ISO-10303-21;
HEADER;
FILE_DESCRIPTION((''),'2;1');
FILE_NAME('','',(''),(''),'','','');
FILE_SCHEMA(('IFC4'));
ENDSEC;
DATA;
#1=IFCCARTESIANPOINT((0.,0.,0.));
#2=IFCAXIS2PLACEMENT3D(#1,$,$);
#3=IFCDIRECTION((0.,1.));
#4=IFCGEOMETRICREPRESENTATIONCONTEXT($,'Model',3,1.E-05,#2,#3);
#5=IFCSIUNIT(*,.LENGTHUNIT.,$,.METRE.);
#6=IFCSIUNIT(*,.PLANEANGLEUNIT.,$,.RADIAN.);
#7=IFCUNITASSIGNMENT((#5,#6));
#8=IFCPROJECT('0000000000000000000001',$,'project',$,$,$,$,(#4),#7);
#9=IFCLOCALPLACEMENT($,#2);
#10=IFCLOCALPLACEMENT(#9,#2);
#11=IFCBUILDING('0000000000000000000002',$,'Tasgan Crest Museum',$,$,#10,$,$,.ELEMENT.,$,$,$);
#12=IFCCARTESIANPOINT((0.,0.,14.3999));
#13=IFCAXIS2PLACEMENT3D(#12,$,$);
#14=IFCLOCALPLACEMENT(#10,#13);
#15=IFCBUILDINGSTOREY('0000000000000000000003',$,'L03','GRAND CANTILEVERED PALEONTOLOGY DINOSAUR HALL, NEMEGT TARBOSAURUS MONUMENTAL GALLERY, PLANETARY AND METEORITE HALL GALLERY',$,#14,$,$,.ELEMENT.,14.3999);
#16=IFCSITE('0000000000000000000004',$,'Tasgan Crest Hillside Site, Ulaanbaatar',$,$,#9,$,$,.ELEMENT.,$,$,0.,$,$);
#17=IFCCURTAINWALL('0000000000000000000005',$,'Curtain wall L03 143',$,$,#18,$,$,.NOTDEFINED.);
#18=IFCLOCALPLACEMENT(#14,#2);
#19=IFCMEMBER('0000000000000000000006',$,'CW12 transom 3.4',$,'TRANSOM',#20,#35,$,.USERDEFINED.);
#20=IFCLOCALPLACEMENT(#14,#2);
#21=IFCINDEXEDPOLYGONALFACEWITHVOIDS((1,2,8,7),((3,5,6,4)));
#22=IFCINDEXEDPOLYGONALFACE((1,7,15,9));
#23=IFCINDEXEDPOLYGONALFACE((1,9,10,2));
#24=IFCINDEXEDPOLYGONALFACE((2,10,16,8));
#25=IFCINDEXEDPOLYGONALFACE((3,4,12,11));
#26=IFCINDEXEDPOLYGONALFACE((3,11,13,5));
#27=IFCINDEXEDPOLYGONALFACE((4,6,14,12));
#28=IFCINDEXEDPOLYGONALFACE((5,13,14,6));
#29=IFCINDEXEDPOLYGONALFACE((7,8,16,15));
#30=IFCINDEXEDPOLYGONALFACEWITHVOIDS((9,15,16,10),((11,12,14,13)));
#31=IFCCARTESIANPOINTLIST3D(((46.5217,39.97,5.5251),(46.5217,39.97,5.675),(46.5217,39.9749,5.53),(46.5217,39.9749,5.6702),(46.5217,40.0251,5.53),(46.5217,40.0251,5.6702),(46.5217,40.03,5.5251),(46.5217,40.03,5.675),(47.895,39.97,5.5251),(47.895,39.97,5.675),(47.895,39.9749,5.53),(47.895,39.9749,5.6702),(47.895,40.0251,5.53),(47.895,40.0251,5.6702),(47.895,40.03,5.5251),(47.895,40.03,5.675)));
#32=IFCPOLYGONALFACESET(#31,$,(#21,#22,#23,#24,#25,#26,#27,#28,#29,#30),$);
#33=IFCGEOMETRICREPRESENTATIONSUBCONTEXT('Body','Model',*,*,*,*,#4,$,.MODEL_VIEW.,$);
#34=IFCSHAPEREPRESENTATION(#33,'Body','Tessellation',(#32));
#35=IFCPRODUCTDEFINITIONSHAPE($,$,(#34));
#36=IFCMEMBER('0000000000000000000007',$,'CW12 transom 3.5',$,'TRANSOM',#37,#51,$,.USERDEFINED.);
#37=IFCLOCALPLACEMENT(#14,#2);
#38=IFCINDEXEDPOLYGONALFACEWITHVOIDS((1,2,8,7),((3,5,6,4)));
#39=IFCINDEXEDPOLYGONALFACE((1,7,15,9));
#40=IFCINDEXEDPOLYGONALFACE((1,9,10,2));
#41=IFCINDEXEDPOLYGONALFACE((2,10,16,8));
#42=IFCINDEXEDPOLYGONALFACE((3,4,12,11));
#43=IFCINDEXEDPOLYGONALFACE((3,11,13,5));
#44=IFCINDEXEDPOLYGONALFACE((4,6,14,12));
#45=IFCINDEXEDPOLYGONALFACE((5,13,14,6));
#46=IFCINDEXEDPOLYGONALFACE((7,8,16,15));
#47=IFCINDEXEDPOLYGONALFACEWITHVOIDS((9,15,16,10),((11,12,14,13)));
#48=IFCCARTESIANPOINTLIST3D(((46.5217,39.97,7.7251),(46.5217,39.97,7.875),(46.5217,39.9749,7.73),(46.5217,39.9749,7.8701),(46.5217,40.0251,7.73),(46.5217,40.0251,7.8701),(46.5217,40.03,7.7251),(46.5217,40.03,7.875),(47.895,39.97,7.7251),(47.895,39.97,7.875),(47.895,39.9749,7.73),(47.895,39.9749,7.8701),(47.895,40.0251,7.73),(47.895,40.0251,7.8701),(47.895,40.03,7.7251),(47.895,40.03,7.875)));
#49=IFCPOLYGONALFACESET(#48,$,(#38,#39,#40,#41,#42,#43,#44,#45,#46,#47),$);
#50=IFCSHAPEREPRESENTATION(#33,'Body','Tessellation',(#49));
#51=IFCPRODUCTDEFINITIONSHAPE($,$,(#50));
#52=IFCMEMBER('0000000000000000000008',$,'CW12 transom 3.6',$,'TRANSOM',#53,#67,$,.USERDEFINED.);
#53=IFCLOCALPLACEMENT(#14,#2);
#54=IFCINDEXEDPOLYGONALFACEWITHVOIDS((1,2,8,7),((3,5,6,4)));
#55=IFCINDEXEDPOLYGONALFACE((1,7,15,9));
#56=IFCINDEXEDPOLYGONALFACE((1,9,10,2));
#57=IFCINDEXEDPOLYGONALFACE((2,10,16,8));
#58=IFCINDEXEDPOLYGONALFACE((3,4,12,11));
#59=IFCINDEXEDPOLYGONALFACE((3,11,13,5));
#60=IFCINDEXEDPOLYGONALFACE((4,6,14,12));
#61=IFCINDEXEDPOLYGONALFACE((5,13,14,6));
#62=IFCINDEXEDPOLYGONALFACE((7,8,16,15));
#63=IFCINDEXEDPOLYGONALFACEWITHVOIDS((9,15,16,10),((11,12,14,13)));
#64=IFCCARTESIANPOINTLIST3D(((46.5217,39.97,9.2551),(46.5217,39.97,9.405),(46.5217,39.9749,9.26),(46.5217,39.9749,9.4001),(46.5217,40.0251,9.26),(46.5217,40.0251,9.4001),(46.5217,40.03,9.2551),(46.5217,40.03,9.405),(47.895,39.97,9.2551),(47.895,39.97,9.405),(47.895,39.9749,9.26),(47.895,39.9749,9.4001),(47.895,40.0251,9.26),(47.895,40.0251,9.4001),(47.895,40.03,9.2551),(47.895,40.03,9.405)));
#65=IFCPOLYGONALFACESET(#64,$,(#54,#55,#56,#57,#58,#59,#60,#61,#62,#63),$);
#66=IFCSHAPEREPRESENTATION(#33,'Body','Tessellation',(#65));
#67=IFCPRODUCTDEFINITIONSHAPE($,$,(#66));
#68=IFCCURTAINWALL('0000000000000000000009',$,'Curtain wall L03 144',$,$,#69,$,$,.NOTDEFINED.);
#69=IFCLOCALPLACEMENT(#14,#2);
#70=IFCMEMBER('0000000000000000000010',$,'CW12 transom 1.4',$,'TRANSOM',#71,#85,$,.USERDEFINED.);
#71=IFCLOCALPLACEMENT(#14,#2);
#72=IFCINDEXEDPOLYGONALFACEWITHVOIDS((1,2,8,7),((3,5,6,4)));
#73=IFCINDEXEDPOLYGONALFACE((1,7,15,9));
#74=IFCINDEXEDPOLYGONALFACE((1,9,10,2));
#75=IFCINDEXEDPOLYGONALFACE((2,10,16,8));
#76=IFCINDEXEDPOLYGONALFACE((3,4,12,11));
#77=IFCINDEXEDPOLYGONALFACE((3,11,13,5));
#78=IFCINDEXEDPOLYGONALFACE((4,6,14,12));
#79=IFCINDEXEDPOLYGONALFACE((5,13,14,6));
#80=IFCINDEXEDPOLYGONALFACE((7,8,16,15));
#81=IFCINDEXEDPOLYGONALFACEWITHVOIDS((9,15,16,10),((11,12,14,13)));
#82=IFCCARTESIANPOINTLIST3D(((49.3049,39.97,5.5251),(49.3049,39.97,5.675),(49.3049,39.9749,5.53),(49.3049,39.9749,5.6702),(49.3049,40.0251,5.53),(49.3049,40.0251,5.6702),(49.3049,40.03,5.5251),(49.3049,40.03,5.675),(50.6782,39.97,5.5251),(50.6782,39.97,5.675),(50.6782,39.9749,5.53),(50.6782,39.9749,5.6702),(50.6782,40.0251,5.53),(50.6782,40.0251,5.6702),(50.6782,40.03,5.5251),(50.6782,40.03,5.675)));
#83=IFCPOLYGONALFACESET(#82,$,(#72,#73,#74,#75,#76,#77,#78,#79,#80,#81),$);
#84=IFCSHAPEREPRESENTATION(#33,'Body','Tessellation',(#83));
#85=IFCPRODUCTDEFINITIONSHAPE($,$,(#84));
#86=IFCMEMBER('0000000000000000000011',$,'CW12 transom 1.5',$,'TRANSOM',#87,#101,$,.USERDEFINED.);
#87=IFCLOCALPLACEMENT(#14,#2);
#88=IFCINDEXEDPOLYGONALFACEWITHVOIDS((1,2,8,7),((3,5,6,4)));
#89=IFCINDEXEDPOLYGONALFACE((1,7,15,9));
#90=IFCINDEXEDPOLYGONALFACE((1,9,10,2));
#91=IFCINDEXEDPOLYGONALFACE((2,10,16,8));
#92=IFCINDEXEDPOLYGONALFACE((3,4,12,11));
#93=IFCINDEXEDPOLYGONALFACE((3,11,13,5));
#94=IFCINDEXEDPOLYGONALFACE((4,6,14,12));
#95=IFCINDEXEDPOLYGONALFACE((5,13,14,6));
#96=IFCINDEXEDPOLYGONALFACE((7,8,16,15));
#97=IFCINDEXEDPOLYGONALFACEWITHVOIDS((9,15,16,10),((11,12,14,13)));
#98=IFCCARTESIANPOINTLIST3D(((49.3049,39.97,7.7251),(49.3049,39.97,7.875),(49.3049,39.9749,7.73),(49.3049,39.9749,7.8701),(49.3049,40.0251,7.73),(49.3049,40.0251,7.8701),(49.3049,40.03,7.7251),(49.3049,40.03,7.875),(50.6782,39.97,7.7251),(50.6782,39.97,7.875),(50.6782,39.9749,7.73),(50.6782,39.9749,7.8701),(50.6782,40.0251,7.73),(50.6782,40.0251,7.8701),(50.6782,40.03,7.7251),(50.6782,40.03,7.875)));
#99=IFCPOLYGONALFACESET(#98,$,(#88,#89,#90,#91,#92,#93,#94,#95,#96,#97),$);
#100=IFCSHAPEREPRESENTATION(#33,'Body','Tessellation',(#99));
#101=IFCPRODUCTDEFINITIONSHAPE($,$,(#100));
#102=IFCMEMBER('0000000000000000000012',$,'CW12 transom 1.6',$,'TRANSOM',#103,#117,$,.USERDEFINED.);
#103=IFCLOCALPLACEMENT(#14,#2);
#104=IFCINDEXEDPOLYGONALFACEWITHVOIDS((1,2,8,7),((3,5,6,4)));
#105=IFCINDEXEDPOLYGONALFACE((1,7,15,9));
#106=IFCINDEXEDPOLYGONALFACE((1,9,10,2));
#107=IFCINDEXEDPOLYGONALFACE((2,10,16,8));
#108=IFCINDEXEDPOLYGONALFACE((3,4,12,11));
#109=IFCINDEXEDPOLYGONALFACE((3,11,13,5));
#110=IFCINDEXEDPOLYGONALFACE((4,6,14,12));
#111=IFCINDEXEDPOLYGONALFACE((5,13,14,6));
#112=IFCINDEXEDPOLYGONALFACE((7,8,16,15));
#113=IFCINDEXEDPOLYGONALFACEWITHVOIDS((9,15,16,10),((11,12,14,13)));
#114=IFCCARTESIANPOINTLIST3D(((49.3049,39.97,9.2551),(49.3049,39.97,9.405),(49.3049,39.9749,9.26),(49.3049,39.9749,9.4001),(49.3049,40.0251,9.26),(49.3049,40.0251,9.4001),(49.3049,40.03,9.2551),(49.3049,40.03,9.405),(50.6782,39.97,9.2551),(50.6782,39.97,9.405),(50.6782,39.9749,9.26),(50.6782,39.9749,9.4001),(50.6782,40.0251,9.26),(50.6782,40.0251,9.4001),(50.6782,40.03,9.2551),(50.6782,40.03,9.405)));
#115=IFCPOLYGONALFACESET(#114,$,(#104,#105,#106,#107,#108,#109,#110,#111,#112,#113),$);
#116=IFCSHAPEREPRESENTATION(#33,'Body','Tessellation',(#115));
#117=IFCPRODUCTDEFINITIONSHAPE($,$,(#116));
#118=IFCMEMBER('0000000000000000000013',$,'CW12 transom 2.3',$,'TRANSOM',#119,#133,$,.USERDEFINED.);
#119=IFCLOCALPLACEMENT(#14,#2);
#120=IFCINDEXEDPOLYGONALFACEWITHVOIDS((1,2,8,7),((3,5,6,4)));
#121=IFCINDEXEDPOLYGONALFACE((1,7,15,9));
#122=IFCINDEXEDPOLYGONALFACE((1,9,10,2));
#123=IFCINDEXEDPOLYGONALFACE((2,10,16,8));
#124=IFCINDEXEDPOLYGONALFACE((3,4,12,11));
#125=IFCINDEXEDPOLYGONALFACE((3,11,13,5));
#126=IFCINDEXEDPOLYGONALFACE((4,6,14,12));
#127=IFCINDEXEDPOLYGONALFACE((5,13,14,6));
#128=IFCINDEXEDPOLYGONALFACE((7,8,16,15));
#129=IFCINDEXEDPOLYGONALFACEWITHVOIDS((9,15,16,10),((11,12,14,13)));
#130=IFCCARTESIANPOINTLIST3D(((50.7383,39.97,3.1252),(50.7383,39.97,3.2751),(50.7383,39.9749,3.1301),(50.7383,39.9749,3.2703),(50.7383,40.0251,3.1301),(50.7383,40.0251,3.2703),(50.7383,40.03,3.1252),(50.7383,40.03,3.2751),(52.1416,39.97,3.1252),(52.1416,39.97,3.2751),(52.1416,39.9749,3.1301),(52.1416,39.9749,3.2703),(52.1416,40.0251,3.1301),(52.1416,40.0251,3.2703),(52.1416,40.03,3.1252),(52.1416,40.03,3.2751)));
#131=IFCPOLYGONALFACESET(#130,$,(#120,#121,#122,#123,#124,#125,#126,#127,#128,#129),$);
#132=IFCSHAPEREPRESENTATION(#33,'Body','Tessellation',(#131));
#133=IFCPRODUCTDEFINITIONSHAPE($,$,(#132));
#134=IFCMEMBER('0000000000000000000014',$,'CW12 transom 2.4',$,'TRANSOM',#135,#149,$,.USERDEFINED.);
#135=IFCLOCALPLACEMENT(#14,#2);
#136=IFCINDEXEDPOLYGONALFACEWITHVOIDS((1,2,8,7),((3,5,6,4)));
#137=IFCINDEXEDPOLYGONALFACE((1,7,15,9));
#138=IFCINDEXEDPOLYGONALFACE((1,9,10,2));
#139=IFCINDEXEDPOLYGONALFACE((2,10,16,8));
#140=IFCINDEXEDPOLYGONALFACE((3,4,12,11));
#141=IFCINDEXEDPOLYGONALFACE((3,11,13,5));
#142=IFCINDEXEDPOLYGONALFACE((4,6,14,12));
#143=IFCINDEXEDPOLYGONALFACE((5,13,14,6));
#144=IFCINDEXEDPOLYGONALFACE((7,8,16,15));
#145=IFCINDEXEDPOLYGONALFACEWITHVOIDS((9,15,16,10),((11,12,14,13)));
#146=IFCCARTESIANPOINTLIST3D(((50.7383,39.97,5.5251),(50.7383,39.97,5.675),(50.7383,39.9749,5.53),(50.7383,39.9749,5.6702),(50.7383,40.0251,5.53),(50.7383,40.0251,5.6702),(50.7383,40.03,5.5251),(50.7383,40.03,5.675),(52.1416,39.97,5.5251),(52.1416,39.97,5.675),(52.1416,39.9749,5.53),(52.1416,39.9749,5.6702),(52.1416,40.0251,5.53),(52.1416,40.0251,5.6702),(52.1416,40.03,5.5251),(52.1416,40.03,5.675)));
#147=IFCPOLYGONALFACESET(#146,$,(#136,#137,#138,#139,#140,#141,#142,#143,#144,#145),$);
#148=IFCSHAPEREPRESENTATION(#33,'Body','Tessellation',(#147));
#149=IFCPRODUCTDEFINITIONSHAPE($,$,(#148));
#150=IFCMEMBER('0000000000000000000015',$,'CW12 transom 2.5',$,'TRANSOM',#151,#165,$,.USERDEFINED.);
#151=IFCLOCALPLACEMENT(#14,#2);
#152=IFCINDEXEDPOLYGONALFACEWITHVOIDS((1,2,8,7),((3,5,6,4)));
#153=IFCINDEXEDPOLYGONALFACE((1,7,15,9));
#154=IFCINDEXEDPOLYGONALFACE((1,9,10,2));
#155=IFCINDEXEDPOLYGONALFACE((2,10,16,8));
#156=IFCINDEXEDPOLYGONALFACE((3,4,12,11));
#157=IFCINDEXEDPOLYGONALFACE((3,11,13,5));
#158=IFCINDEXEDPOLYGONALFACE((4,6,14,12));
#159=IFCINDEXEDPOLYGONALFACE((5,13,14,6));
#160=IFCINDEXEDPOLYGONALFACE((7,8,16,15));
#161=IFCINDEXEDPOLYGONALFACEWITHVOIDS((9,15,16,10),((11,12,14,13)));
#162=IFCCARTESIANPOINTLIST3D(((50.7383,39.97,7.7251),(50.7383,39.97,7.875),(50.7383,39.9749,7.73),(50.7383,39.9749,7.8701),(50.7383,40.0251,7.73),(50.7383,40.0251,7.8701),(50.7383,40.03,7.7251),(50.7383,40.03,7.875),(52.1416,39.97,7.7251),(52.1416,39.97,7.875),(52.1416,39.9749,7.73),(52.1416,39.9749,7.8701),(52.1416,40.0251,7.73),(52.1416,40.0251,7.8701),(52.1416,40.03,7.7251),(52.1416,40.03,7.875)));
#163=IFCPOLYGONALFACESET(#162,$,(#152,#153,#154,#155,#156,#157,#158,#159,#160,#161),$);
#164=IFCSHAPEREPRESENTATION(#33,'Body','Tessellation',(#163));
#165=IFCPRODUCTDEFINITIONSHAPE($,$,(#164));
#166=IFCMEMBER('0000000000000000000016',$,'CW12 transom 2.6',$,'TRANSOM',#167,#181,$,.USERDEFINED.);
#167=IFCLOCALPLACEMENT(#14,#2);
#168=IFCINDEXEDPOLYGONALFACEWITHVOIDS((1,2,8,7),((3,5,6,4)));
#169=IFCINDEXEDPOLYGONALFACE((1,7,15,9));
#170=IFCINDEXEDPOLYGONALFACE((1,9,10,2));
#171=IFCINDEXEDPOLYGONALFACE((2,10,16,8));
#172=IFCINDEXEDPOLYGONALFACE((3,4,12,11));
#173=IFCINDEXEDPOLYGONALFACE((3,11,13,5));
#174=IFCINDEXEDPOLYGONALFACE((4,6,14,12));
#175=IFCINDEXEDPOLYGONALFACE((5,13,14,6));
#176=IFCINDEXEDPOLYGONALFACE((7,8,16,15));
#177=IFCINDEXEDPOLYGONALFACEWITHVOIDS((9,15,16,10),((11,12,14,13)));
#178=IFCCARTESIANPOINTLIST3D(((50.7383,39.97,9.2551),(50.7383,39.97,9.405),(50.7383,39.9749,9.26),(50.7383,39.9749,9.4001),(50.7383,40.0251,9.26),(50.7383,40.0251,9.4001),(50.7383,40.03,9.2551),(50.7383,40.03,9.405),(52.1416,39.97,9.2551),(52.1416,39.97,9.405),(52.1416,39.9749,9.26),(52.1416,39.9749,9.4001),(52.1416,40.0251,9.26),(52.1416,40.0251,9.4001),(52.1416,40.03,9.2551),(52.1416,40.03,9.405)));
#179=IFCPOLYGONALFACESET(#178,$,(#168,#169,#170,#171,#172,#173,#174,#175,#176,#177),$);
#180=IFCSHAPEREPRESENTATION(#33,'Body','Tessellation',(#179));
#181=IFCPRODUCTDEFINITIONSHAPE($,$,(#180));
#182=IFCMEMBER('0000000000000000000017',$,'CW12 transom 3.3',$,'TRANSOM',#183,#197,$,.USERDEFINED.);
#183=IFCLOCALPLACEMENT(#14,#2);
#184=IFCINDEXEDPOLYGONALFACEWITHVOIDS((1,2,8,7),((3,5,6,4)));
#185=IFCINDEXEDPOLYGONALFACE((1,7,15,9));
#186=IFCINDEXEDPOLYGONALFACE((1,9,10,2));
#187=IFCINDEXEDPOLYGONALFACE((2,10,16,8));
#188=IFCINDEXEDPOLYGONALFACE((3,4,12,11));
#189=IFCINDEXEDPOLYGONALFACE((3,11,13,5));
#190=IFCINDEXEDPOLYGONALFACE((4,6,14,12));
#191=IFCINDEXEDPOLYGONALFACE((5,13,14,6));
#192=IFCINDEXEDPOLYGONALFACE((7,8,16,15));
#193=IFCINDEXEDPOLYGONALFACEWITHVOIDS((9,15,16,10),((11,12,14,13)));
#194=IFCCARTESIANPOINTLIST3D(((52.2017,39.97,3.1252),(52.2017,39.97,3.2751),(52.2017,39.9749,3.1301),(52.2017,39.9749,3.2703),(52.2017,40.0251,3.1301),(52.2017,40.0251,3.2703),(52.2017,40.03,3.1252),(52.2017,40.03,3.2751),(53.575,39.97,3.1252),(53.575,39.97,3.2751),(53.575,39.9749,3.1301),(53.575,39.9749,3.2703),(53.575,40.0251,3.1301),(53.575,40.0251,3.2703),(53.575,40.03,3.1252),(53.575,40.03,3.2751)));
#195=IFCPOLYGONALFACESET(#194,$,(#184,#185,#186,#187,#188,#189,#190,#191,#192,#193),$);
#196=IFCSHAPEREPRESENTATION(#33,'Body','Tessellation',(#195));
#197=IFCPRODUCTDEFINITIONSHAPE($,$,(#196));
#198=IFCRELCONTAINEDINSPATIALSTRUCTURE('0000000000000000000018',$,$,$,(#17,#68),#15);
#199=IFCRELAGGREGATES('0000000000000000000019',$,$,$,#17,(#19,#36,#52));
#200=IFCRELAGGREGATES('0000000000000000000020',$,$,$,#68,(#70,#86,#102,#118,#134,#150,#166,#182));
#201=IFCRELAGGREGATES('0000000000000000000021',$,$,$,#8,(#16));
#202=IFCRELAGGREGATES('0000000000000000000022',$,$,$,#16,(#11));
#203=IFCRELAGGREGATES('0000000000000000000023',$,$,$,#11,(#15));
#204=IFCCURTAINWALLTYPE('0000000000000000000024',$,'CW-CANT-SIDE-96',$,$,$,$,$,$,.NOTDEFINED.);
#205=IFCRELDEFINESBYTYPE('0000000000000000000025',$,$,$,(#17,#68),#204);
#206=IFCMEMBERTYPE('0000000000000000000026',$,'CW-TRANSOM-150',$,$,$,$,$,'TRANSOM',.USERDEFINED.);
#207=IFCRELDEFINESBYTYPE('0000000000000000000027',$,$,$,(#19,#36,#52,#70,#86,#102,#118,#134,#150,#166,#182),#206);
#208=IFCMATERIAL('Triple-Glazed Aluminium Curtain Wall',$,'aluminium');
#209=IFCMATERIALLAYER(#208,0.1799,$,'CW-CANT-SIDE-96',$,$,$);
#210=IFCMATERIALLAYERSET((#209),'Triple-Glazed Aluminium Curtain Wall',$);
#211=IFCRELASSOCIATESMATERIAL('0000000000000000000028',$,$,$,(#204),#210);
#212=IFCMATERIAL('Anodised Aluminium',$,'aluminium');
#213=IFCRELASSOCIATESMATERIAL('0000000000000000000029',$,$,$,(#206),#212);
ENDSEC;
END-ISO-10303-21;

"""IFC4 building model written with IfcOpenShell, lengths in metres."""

from ifc_helpers import new_model, si_unit, direction, frame, origin, origin_2d, place, context, subcontext, project, spatial, hollow_rectangle, extrude, material, layer, layer_set, material_profile, profile_set, type_object, element, aggregate, save


model = new_model("IFC4")

# Units and contexts
model_context = context("Model", 3, precision=1e-05, world=origin(), true_north=direction((0.0, 1.0)))
body_context = subcontext(model_context, "Body", "Model", "MODEL_VIEW")
ifc_project = project(units=[si_unit("LENGTHUNIT", "METRE"), si_unit("PLANEANGLEUNIT", "RADIAN")], contexts=[model_context])

# Site, building, storey
site_placement = place(None, origin())
site = spatial("IfcSite", under=ifc_project, at=site_placement, Name="Tasgan Crest Hillside Site, Ulaanbaatar", CompositionType="ELEMENT", RefElevation=0.0)
building_placement = place(site_placement, origin())
building = spatial("IfcBuilding", under=site, at=building_placement, Name="Tasgan Crest Museum", CompositionType="ELEMENT")
storey_placement = place(building_placement, frame((0.0, 0.0, 14.3999)))
storey = spatial("IfcBuildingStorey", under=building, at=storey_placement, Name="L03", Description="GRAND CANTILEVERED PALEONTOLOGY DINOSAUR HALL, NEMEGT TARBOSAURUS MONUMENTAL GALLERY, PLANETARY AND METEORITE HALL GALLERY", CompositionType="ELEMENT", Elevation=14.3999)

# Curtain walls, members
ifc_material_1 = material(Name="Triple-Glazed Aluminium Curtain Wall", Category="aluminium")
ifc_layer_1 = layer(ifc_material_1, 0.1799, Name="CW-CANT-SIDE-96")
ifc_layer_set_1 = layer_set([ifc_layer_1], Name="Triple-Glazed Aluminium Curtain Wall")
curtain_wall_type = type_object("IfcCurtainWallType", Name="CW-CANT-SIDE-96", PredefinedType="NOTDEFINED", material=ifc_layer_set_1)
curtain_wall_1_placement = place(storey_placement, origin())
curtain_wall_1 = element("IfcCurtainWall", 1, at=curtain_wall_1_placement, inside=storey, type_object=curtain_wall_type, Name="Curtain wall L03 143", PredefinedType="NOTDEFINED")
ifc_material_2 = material(Name="Anodised Aluminium", Category="aluminium")
ifc_material_profile = material_profile(ifc_material_2, hollow_rectangle(XDim=0.0601, YDim=0.1499, WallThickness=0.0049, at=origin_2d()), Name="ALU TRANSOM 150x60x5")
ifc_profile_set = profile_set([ifc_material_profile], Name="Anodised Aluminium")
member_type = type_object("IfcMemberType", Name="CW-TRANSOM-150", ElementType="TRANSOM", PredefinedType="USERDEFINED", material=ifc_profile_set)
member_1_placement = place(storey_placement, frame((46.5217, 40.0, 5.6001), z_axis=(1.0, 0.0, 0.0), x_axis=(0.0, 1.0, 0.0)))
member_1 = element("IfcMember", 2, at=member_1_placement, type_object=member_type, Name="CW12 transom 3.4", ObjectType="TRANSOM", PredefinedType="USERDEFINED", context=body_context, shape_type="SweptSolid", body=[
    extrude(hollow_rectangle(XDim=0.0601, YDim=0.1499, WallThickness=0.0049, at=origin_2d()), origin(), (0.0, 0.0, 1.0), 1.3733),
])
member_2_placement = place(storey_placement, frame((46.5217, 40.0, 7.8), z_axis=(1.0, 0.0, 0.0), x_axis=(0.0, 1.0, 0.0)))
member_2 = element("IfcMember", 3, at=member_2_placement, type_object=member_type, Name="CW12 transom 3.5", ObjectType="TRANSOM", PredefinedType="USERDEFINED", context=body_context, shape_type="SweptSolid", body=[
    extrude(hollow_rectangle(XDim=0.0601, YDim=0.1499, WallThickness=0.0049, at=origin_2d()), origin(), (0.0, 0.0, 1.0), 1.3733),
])
member_3_placement = place(storey_placement, frame((46.5217, 40.0, 9.3301), z_axis=(1.0, 0.0, 0.0), x_axis=(0.0, 1.0, 0.0)))
member_3 = element("IfcMember", 4, at=member_3_placement, type_object=member_type, Name="CW12 transom 3.6", ObjectType="TRANSOM", PredefinedType="USERDEFINED", context=body_context, shape_type="SweptSolid", body=[
    extrude(hollow_rectangle(XDim=0.0601, YDim=0.1499, WallThickness=0.0049, at=origin_2d()), origin(), (0.0, 0.0, 1.0), 1.3733),
])
curtain_wall_2_placement = place(storey_placement, origin())
curtain_wall_2 = element("IfcCurtainWall", 5, at=curtain_wall_2_placement, inside=storey, type_object=curtain_wall_type, Name="Curtain wall L03 144", PredefinedType="NOTDEFINED")
member_4_placement = place(storey_placement, frame((49.3049, 40.0, 5.6001), z_axis=(1.0, 0.0, 0.0), x_axis=(0.0, 1.0, 0.0)))
member_4 = element("IfcMember", 6, at=member_4_placement, type_object=member_type, Name="CW12 transom 1.4", ObjectType="TRANSOM", PredefinedType="USERDEFINED", context=body_context, shape_type="SweptSolid", body=[
    extrude(hollow_rectangle(XDim=0.0601, YDim=0.1499, WallThickness=0.0049, at=origin_2d()), origin(), (0.0, 0.0, 1.0), 1.3733),
])
member_5_placement = place(storey_placement, frame((49.3049, 40.0, 7.8), z_axis=(1.0, 0.0, 0.0), x_axis=(0.0, 1.0, 0.0)))
member_5 = element("IfcMember", 7, at=member_5_placement, type_object=member_type, Name="CW12 transom 1.5", ObjectType="TRANSOM", PredefinedType="USERDEFINED", context=body_context, shape_type="SweptSolid", body=[
    extrude(hollow_rectangle(XDim=0.0601, YDim=0.1499, WallThickness=0.0049, at=origin_2d()), origin(), (0.0, 0.0, 1.0), 1.3733),
])
member_6_placement = place(storey_placement, frame((49.3049, 40.0, 9.3301), z_axis=(1.0, 0.0, 0.0), x_axis=(0.0, 1.0, 0.0)))
member_6 = element("IfcMember", 8, at=member_6_placement, type_object=member_type, Name="CW12 transom 1.6", ObjectType="TRANSOM", PredefinedType="USERDEFINED", context=body_context, shape_type="SweptSolid", body=[
    extrude(hollow_rectangle(XDim=0.0601, YDim=0.1499, WallThickness=0.0049, at=origin_2d()), origin(), (0.0, 0.0, 1.0), 1.3733),
])
member_7_placement = place(storey_placement, frame((50.7383, 40.0, 3.2002), z_axis=(1.0, 0.0, 0.0), x_axis=(0.0, 1.0, 0.0)))
member_7 = element("IfcMember", 9, at=member_7_placement, type_object=member_type, Name="CW12 transom 2.3", ObjectType="TRANSOM", PredefinedType="USERDEFINED", context=body_context, shape_type="SweptSolid", body=[
    extrude(hollow_rectangle(XDim=0.0601, YDim=0.1499, WallThickness=0.0049, at=origin_2d()), origin(), (0.0, 0.0, 1.0), 1.4033),
])
member_8_placement = place(storey_placement, frame((50.7383, 40.0, 5.6001), z_axis=(1.0, 0.0, 0.0), x_axis=(0.0, 1.0, 0.0)))
member_8 = element("IfcMember", 10, at=member_8_placement, type_object=member_type, Name="CW12 transom 2.4", ObjectType="TRANSOM", PredefinedType="USERDEFINED", context=body_context, shape_type="SweptSolid", body=[
    extrude(hollow_rectangle(XDim=0.0601, YDim=0.1499, WallThickness=0.0049, at=origin_2d()), origin(), (0.0, 0.0, 1.0), 1.4033),
])
member_9_placement = place(storey_placement, frame((50.7383, 40.0, 7.8), z_axis=(1.0, 0.0, 0.0), x_axis=(0.0, 1.0, 0.0)))
member_9 = element("IfcMember", 11, at=member_9_placement, type_object=member_type, Name="CW12 transom 2.5", ObjectType="TRANSOM", PredefinedType="USERDEFINED", context=body_context, shape_type="SweptSolid", body=[
    extrude(hollow_rectangle(XDim=0.0601, YDim=0.1499, WallThickness=0.0049, at=origin_2d()), origin(), (0.0, 0.0, 1.0), 1.4033),
])
member_10_placement = place(storey_placement, frame((50.7383, 40.0, 9.3301), z_axis=(1.0, 0.0, 0.0), x_axis=(0.0, 1.0, 0.0)))
member_10 = element("IfcMember", 12, at=member_10_placement, type_object=member_type, Name="CW12 transom 2.6", ObjectType="TRANSOM", PredefinedType="USERDEFINED", context=body_context, shape_type="SweptSolid", body=[
    extrude(hollow_rectangle(XDim=0.0601, YDim=0.1499, WallThickness=0.0049, at=origin_2d()), origin(), (0.0, 0.0, 1.0), 1.4033),
])
member_11_placement = place(storey_placement, frame((52.2017, 40.0, 3.2002), z_axis=(1.0, 0.0, 0.0), x_axis=(0.0, 1.0, 0.0)))
member_11 = element("IfcMember", 13, at=member_11_placement, type_object=member_type, Name="CW12 transom 3.3", ObjectType="TRANSOM", PredefinedType="USERDEFINED", context=body_context, shape_type="SweptSolid", body=[
    extrude(hollow_rectangle(XDim=0.0601, YDim=0.1499, WallThickness=0.0049, at=origin_2d()), origin(), (0.0, 0.0, 1.0), 1.3733),
])

aggregate(curtain_wall_1, [member_1, member_2, member_3])
aggregate(curtain_wall_2, [member_4, member_5, member_6, member_7, member_8, member_9, member_10, member_11])

save(model, "model.ifc")
